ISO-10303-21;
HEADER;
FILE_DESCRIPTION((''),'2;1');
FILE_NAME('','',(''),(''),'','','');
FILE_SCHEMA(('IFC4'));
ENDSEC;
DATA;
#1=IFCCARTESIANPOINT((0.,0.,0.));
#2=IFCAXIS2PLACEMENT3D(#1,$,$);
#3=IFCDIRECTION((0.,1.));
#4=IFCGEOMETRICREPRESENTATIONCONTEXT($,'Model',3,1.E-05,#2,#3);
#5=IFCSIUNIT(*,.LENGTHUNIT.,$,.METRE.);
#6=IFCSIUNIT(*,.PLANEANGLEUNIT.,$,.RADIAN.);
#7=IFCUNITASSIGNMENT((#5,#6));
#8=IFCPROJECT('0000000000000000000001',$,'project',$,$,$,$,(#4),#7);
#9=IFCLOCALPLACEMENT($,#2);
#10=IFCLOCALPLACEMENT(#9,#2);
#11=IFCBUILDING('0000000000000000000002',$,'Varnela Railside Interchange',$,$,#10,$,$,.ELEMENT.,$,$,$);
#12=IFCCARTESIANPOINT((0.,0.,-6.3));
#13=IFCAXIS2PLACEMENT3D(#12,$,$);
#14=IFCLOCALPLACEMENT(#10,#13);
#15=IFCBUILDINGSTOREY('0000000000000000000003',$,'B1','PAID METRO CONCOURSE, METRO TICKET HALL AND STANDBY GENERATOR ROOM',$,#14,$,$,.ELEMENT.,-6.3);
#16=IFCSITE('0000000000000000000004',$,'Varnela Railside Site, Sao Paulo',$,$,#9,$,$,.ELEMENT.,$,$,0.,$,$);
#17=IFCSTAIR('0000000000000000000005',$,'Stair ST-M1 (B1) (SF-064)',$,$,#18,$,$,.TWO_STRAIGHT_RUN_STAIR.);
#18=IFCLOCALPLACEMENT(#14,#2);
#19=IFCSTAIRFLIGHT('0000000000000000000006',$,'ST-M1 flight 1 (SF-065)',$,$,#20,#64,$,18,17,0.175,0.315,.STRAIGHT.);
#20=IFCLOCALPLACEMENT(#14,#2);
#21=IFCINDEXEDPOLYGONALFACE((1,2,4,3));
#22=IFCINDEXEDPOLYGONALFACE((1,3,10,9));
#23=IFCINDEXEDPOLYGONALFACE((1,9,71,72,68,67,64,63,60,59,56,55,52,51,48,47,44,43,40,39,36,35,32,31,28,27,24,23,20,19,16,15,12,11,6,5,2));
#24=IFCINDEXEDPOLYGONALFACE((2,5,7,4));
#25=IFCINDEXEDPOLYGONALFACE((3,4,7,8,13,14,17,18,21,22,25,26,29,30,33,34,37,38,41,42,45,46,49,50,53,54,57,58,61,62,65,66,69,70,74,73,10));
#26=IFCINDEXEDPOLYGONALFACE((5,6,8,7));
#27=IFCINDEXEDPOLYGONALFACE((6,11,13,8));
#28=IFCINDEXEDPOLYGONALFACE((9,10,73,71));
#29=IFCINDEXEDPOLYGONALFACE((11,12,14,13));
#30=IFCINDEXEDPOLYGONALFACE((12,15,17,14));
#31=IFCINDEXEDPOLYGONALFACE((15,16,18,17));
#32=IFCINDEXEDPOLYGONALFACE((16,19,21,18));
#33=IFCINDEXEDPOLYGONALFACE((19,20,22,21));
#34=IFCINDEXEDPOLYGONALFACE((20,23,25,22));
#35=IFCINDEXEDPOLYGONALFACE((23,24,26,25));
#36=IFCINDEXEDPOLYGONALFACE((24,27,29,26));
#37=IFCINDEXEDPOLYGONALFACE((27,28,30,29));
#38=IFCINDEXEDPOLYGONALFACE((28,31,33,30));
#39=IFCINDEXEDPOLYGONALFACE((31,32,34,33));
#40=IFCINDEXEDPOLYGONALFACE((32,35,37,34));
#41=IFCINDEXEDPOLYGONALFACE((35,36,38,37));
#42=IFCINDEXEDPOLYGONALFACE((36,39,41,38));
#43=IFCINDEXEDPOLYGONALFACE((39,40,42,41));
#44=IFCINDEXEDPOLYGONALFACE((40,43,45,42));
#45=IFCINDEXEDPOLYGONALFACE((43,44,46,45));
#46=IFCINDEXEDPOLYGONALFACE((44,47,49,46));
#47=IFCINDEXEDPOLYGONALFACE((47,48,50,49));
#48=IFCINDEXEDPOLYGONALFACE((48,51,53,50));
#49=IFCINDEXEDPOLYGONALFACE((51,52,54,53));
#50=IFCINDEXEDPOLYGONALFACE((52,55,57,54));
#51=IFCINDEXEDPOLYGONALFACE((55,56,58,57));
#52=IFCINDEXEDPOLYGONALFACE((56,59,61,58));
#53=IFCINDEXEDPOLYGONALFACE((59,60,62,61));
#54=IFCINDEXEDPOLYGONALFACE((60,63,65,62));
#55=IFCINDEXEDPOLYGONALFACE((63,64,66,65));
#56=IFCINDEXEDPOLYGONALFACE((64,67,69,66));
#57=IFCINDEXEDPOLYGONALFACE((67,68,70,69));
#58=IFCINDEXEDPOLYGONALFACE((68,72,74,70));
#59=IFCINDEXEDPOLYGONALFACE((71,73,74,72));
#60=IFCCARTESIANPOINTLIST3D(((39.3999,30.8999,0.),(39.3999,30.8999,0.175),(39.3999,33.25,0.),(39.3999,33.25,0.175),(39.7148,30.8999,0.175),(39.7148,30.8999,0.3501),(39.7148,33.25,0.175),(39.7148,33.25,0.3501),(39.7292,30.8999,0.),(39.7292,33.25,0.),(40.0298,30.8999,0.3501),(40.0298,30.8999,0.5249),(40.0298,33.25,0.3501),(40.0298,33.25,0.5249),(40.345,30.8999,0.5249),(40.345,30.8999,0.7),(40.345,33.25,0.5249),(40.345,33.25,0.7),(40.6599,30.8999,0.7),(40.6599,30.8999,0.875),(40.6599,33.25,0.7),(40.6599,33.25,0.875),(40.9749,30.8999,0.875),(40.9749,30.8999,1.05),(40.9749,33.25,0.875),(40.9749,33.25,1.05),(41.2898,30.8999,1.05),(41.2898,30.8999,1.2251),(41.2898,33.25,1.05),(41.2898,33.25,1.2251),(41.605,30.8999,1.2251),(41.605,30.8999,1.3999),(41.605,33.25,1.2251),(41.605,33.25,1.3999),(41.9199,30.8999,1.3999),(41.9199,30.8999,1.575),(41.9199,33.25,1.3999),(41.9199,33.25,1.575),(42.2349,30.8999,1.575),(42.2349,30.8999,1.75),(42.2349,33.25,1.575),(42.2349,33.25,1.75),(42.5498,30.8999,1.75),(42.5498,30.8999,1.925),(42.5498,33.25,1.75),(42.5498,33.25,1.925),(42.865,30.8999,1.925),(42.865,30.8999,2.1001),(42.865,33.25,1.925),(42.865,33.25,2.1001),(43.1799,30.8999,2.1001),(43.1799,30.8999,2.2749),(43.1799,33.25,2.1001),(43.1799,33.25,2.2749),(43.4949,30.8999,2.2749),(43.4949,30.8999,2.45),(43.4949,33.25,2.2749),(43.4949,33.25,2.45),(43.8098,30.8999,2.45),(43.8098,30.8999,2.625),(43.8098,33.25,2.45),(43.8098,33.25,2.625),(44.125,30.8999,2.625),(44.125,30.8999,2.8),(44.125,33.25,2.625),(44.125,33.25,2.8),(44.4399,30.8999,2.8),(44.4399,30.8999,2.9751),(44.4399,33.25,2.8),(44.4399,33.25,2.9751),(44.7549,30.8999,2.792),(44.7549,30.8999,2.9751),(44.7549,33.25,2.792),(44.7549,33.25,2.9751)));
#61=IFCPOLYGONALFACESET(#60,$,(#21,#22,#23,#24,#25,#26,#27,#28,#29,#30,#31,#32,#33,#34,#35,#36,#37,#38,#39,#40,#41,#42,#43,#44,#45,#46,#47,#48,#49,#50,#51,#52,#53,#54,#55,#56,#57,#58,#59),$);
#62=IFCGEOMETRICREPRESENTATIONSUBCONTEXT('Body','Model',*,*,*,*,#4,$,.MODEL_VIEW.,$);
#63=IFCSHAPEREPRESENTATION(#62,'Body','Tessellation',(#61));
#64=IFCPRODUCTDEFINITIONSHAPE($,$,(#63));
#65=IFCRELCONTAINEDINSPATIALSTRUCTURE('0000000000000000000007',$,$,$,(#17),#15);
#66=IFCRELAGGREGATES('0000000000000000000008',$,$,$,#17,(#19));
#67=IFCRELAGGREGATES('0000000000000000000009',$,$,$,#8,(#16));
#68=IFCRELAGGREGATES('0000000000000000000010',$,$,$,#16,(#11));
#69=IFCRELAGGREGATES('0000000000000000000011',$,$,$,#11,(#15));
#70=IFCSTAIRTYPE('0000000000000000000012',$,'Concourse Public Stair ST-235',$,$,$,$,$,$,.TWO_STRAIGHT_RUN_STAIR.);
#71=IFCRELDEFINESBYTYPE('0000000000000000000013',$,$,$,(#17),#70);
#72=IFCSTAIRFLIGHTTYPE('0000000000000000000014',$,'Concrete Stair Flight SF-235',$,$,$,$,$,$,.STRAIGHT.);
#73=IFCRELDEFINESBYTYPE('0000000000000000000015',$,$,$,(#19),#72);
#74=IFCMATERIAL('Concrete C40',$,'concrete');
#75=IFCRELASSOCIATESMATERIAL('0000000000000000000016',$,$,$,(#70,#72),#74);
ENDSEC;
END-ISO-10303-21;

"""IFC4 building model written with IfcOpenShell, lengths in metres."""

from ifc_helpers import new_model, si_unit, direction, frame, origin, place, context, subcontext, project, spatial, polyline, outline, extrude, material, type_object, element, aggregate, save


model = new_model("IFC4")

# Units and contexts
model_context = context("Model", 3, precision=1e-05, world=origin(), true_north=direction((0.0, 1.0)))
body_context = subcontext(model_context, "Body", "Model", "MODEL_VIEW")
ifc_project = project(units=[si_unit("LENGTHUNIT", "METRE"), si_unit("PLANEANGLEUNIT", "RADIAN")], contexts=[model_context])

# Site, building, storey
site_placement = place(None, origin())
site = spatial("IfcSite", under=ifc_project, at=site_placement, Name="Varnela Railside Site, Sao Paulo", CompositionType="ELEMENT", RefElevation=0.0)
building_placement = place(site_placement, origin())
building = spatial("IfcBuilding", under=site, at=building_placement, Name="Varnela Railside Interchange", CompositionType="ELEMENT")
storey_placement = place(building_placement, frame((0.0, 0.0, -6.3)))
storey = spatial("IfcBuildingStorey", under=building, at=storey_placement, Name="B1", Description="PAID METRO CONCOURSE, METRO TICKET HALL AND STANDBY GENERATOR ROOM", CompositionType="ELEMENT", Elevation=-6.3)

# Shared definitions
ifc_material_1 = material(Name="Concrete C40", Category="concrete")

# Stair, stair flight
stair_type = type_object("IfcStairType", Name="Concourse Public Stair ST-235", PredefinedType="TWO_STRAIGHT_RUN_STAIR", material=ifc_material_1)
stair_placement = place(storey_placement, origin())
stair = element("IfcStair", 1, at=stair_placement, inside=storey, type_object=stair_type, Name="Stair ST-M1 (B1) (SF-064)", PredefinedType="TWO_STRAIGHT_RUN_STAIR")
stair_flight_type = type_object("IfcStairFlightType", Name="Concrete Stair Flight SF-235", PredefinedType="STRAIGHT", material=ifc_material_1)
stair_flight_placement = place(storey_placement, frame((39.3999, 32.075, 0.0), z_axis=(0.0, 0.0, 1.0), x_axis=(1.0, 0.0, 0.0)))
stair_flight = element("IfcStairFlight", 2, at=stair_flight_placement, type_object=stair_flight_type, Name="ST-M1 flight 1 (SF-065)", NumberOfRisers=18, NumberOfTreads=17, PredefinedType="STRAIGHT", RiserHeight=0.175, TreadLength=0.315, context=body_context, shape_type="SweptSolid", body=[
    extrude(outline(polyline([(0.0, 0.0), (0.0, 0.175), (0.3149, 0.175), (0.3149, 0.3501), (0.6299, 0.3501), (0.6299, 0.5249), (0.9451, 0.5249), (0.9451, 0.7), (1.26, 0.7), (1.26, 0.875), (1.575, 0.875), (1.575, 1.05), (1.8899, 1.05), (1.8899, 1.2251), (2.2051, 1.2251), (2.2051, 1.3999), (2.52, 1.3999), (2.52, 1.575), (2.835, 1.575), (2.835, 1.75), (3.1499, 1.75), (3.1499, 1.925), (3.4651, 1.925), (3.4651, 2.1001), (3.78, 2.1001), (3.78, 2.2749), (4.095, 2.2749), (4.095, 2.45), (4.4099, 2.45), (4.4099, 2.625), (4.7251, 2.625), (4.7251, 2.8), (5.04, 2.8), (5.04, 2.9751), (5.355, 2.9751), (5.355, 3.1499), (5.355, 2.792), (0.3293, 0.0), (0.0, 0.0)])), frame((0.0, 1.175, 0.0), z_axis=(0.0, -1.0, 0.0), x_axis=(1.0, 0.0, 0.0)), (0.0, 0.0, 1.0), 2.3501),
])
aggregate(stair, [stair_flight])

save(model, "model.ifc")
